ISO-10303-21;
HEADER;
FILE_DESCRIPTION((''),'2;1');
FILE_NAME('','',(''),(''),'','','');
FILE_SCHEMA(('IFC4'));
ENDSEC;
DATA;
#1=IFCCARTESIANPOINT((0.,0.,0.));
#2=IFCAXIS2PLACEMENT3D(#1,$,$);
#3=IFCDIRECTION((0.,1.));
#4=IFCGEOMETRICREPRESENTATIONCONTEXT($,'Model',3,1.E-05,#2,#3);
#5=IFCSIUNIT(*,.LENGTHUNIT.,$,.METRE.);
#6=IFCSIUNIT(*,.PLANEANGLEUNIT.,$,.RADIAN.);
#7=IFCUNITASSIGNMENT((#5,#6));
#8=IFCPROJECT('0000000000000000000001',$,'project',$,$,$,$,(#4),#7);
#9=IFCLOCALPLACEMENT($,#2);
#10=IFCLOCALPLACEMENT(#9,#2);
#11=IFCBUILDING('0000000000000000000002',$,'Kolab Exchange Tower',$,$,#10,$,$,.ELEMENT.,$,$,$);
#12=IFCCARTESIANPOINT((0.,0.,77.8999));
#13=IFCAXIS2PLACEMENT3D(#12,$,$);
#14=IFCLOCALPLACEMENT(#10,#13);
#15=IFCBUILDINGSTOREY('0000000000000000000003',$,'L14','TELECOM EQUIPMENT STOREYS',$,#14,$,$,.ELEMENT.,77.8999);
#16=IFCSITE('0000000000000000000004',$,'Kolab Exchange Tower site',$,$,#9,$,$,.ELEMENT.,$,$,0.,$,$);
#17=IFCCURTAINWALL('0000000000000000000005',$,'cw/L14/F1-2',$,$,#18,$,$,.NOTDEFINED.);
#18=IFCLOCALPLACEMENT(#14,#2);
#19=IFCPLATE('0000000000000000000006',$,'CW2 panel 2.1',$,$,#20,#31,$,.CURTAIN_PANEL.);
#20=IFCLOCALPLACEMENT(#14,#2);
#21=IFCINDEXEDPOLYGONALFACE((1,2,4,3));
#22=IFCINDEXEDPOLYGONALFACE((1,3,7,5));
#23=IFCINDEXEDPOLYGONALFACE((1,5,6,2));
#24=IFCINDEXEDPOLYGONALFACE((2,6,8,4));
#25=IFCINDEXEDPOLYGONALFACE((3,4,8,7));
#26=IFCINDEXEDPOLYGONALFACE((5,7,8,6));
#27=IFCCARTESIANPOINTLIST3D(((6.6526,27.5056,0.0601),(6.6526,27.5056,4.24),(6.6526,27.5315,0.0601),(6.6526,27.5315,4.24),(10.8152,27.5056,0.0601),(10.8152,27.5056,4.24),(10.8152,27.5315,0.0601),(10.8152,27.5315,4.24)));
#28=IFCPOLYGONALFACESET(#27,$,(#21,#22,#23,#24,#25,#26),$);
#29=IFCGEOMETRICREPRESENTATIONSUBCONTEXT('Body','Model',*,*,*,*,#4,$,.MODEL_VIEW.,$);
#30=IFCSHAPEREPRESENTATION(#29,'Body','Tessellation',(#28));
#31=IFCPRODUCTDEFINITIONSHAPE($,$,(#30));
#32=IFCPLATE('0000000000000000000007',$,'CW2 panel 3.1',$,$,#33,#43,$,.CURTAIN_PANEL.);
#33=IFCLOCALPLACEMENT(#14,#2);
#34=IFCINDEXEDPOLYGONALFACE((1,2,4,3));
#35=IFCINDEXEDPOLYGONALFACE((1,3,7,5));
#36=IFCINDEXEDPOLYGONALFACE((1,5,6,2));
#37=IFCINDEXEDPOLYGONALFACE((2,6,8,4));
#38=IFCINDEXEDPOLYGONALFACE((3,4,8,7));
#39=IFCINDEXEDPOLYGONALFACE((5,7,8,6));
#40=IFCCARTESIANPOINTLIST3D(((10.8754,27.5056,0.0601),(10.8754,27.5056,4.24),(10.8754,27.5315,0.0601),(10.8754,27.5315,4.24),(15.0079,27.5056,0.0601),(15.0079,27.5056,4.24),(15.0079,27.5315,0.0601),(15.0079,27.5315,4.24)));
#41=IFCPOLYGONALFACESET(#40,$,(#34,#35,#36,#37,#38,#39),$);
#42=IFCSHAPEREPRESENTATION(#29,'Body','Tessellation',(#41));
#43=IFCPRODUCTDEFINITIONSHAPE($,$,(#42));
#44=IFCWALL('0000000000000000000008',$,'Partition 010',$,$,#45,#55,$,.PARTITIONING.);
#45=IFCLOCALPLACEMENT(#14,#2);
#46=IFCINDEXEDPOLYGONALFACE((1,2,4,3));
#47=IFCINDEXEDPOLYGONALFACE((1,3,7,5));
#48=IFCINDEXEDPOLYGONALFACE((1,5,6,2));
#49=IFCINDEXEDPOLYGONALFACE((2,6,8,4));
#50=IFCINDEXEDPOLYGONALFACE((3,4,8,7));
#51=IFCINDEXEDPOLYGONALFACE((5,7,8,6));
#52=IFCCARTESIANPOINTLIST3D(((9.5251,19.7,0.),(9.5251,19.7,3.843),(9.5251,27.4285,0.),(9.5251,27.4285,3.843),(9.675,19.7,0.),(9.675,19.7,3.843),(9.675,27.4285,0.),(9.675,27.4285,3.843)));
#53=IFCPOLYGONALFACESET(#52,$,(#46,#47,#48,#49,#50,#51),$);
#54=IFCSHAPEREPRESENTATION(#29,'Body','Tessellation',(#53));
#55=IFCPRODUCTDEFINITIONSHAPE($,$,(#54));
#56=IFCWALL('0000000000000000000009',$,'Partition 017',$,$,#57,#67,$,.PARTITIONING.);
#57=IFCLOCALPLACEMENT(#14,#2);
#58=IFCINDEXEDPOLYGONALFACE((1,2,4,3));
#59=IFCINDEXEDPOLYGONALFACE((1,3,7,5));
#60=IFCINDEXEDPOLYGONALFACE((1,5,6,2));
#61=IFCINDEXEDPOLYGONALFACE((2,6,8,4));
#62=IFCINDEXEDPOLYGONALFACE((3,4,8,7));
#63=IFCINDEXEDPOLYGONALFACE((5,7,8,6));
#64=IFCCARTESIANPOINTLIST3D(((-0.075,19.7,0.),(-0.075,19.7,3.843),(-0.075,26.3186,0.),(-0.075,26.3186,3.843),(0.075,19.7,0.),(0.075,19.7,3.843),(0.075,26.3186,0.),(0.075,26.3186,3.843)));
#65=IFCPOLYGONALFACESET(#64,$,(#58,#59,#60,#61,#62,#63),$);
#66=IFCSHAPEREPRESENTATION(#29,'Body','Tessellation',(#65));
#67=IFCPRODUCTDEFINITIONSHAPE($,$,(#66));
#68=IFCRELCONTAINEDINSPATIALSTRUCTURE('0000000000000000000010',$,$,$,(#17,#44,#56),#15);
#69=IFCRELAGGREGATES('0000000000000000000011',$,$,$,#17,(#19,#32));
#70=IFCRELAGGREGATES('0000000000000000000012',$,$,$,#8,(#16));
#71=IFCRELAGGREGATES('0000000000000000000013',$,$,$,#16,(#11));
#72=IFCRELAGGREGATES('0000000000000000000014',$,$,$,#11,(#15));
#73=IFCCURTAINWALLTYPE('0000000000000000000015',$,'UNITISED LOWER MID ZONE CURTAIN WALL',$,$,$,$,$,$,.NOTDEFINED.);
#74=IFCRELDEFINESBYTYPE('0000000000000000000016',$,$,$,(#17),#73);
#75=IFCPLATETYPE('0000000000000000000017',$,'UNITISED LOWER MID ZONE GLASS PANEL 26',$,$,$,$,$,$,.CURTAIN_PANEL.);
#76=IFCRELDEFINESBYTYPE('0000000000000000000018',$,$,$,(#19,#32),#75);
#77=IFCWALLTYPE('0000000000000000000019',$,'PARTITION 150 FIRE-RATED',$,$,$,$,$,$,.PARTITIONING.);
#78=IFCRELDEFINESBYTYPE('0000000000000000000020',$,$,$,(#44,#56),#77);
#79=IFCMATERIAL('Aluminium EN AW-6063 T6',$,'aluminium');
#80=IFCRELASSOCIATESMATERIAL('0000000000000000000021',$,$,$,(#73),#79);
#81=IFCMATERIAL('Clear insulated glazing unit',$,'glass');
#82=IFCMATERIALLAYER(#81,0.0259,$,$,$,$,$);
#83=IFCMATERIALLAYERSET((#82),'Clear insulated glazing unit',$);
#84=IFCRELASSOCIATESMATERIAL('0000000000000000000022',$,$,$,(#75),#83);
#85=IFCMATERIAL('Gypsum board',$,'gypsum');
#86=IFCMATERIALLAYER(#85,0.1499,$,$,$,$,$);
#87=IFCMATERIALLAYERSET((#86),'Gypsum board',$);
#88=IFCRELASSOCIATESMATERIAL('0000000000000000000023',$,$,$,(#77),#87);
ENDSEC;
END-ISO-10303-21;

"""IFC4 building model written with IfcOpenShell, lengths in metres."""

from ifc_helpers import new_model, si_unit, direction, frame, frame_2d, origin, origin_2d, place, context, subcontext, project, spatial, rectangle, extrude, material, layer, layer_set, type_object, element, aggregate, save


model = new_model("IFC4")

# Units and contexts
model_context = context("Model", 3, precision=1e-05, world=origin(), true_north=direction((0.0, 1.0)))
body_context = subcontext(model_context, "Body", "Model", "MODEL_VIEW")
ifc_project = project(units=[si_unit("LENGTHUNIT", "METRE"), si_unit("PLANEANGLEUNIT", "RADIAN")], contexts=[model_context])

# Site, building, storey
site_placement = place(None, origin())
site = spatial("IfcSite", under=ifc_project, at=site_placement, Name="Kolab Exchange Tower site", CompositionType="ELEMENT", RefElevation=0.0)
building_placement = place(site_placement, origin())
building = spatial("IfcBuilding", under=site, at=building_placement, Name="Kolab Exchange Tower", CompositionType="ELEMENT")
storey_placement = place(building_placement, frame((0.0, 0.0, 77.8999)))
storey = spatial("IfcBuildingStorey", under=building, at=storey_placement, Name="L14", Description="TELECOM EQUIPMENT STOREYS", CompositionType="ELEMENT", Elevation=77.8999)

# Curtain wall, plates
ifc_material_1 = material(Name="Aluminium EN AW-6063 T6", Category="aluminium")
curtain_wall_type = type_object("IfcCurtainWallType", Name="UNITISED LOWER MID ZONE CURTAIN WALL", PredefinedType="NOTDEFINED", material=ifc_material_1)
curtain_wall_placement = place(storey_placement, origin())
curtain_wall = element("IfcCurtainWall", 1, at=curtain_wall_placement, inside=storey, type_object=curtain_wall_type, Name="cw/L14/F1-2", PredefinedType="NOTDEFINED")
ifc_material_2 = material(Name="Clear insulated glazing unit", Category="glass")
ifc_layer_1 = layer(ifc_material_2, 0.0259)
ifc_layer_set_1 = layer_set([ifc_layer_1], Name="Clear insulated glazing unit")
plate_type = type_object("IfcPlateType", Name="UNITISED LOWER MID ZONE GLASS PANEL 26", PredefinedType="CURTAIN_PANEL", material=ifc_layer_set_1)
plate_1_placement = place(storey_placement, frame((8.7339, 27.5186, 0.0601), z_axis=(0.0, 0.0, 1.0), x_axis=(1.0, 0.0, 0.0)))
plate_1 = element("IfcPlate", 2, at=plate_1_placement, type_object=plate_type, Name="CW2 panel 2.1", PredefinedType="CURTAIN_PANEL", context=body_context, shape_type="SweptSolid", body=[
    extrude(rectangle(XDim=4.1626, YDim=0.0259, at=origin_2d()), origin(), (0.0, 0.0, 1.0), 4.1799),
])
plate_2_placement = place(storey_placement, frame((12.9417, 27.5186, 0.0601), z_axis=(0.0, 0.0, 1.0), x_axis=(1.0, 0.0, 0.0)))
plate_2 = element("IfcPlate", 3, at=plate_2_placement, type_object=plate_type, Name="CW2 panel 3.1", PredefinedType="CURTAIN_PANEL", context=body_context, shape_type="SweptSolid", body=[
    extrude(rectangle(XDim=4.1326, YDim=0.0259, at=origin_2d()), origin(), (0.0, 0.0, 1.0), 4.1799),
])
aggregate(curtain_wall, [plate_1, plate_2])

# Walls
ifc_material_3 = material(Name="Gypsum board", Category="gypsum")
ifc_layer_2 = layer(ifc_material_3, 0.1499)
ifc_layer_set_2 = layer_set([ifc_layer_2], Name="Gypsum board")
wall_type = type_object("IfcWallType", Name="PARTITION 150 FIRE-RATED", PredefinedType="PARTITIONING", material=ifc_layer_set_2)
wall_1_placement = place(storey_placement, frame((9.6001, 19.7, 0.0), z_axis=(0.0, 0.0, 1.0), x_axis=(0.0, 1.0, 0.0)))
element("IfcWall", 4, at=wall_1_placement, inside=storey, type_object=wall_type, Name="Partition 010", PredefinedType="PARTITIONING", context=body_context, shape_type="SweptSolid", body=[
    extrude(rectangle(XDim=7.7285, YDim=0.1499, at=frame_2d((3.8643, 0.0))), origin(), (0.0, 0.0, 1.0), 3.843),
])
wall_2_placement = place(storey_placement, frame((0.0, 19.7, 0.0), z_axis=(0.0, 0.0, 1.0), x_axis=(0.0, 1.0, 0.0)))
element("IfcWall", 5, at=wall_2_placement, inside=storey, type_object=wall_type, Name="Partition 017", PredefinedType="PARTITIONING", context=body_context, shape_type="SweptSolid", body=[
    extrude(rectangle(XDim=6.6187, YDim=0.1499, at=frame_2d((3.3093, 0.0))), origin(), (0.0, 0.0, 1.0), 3.843),
])

save(model, "model.ifc")
